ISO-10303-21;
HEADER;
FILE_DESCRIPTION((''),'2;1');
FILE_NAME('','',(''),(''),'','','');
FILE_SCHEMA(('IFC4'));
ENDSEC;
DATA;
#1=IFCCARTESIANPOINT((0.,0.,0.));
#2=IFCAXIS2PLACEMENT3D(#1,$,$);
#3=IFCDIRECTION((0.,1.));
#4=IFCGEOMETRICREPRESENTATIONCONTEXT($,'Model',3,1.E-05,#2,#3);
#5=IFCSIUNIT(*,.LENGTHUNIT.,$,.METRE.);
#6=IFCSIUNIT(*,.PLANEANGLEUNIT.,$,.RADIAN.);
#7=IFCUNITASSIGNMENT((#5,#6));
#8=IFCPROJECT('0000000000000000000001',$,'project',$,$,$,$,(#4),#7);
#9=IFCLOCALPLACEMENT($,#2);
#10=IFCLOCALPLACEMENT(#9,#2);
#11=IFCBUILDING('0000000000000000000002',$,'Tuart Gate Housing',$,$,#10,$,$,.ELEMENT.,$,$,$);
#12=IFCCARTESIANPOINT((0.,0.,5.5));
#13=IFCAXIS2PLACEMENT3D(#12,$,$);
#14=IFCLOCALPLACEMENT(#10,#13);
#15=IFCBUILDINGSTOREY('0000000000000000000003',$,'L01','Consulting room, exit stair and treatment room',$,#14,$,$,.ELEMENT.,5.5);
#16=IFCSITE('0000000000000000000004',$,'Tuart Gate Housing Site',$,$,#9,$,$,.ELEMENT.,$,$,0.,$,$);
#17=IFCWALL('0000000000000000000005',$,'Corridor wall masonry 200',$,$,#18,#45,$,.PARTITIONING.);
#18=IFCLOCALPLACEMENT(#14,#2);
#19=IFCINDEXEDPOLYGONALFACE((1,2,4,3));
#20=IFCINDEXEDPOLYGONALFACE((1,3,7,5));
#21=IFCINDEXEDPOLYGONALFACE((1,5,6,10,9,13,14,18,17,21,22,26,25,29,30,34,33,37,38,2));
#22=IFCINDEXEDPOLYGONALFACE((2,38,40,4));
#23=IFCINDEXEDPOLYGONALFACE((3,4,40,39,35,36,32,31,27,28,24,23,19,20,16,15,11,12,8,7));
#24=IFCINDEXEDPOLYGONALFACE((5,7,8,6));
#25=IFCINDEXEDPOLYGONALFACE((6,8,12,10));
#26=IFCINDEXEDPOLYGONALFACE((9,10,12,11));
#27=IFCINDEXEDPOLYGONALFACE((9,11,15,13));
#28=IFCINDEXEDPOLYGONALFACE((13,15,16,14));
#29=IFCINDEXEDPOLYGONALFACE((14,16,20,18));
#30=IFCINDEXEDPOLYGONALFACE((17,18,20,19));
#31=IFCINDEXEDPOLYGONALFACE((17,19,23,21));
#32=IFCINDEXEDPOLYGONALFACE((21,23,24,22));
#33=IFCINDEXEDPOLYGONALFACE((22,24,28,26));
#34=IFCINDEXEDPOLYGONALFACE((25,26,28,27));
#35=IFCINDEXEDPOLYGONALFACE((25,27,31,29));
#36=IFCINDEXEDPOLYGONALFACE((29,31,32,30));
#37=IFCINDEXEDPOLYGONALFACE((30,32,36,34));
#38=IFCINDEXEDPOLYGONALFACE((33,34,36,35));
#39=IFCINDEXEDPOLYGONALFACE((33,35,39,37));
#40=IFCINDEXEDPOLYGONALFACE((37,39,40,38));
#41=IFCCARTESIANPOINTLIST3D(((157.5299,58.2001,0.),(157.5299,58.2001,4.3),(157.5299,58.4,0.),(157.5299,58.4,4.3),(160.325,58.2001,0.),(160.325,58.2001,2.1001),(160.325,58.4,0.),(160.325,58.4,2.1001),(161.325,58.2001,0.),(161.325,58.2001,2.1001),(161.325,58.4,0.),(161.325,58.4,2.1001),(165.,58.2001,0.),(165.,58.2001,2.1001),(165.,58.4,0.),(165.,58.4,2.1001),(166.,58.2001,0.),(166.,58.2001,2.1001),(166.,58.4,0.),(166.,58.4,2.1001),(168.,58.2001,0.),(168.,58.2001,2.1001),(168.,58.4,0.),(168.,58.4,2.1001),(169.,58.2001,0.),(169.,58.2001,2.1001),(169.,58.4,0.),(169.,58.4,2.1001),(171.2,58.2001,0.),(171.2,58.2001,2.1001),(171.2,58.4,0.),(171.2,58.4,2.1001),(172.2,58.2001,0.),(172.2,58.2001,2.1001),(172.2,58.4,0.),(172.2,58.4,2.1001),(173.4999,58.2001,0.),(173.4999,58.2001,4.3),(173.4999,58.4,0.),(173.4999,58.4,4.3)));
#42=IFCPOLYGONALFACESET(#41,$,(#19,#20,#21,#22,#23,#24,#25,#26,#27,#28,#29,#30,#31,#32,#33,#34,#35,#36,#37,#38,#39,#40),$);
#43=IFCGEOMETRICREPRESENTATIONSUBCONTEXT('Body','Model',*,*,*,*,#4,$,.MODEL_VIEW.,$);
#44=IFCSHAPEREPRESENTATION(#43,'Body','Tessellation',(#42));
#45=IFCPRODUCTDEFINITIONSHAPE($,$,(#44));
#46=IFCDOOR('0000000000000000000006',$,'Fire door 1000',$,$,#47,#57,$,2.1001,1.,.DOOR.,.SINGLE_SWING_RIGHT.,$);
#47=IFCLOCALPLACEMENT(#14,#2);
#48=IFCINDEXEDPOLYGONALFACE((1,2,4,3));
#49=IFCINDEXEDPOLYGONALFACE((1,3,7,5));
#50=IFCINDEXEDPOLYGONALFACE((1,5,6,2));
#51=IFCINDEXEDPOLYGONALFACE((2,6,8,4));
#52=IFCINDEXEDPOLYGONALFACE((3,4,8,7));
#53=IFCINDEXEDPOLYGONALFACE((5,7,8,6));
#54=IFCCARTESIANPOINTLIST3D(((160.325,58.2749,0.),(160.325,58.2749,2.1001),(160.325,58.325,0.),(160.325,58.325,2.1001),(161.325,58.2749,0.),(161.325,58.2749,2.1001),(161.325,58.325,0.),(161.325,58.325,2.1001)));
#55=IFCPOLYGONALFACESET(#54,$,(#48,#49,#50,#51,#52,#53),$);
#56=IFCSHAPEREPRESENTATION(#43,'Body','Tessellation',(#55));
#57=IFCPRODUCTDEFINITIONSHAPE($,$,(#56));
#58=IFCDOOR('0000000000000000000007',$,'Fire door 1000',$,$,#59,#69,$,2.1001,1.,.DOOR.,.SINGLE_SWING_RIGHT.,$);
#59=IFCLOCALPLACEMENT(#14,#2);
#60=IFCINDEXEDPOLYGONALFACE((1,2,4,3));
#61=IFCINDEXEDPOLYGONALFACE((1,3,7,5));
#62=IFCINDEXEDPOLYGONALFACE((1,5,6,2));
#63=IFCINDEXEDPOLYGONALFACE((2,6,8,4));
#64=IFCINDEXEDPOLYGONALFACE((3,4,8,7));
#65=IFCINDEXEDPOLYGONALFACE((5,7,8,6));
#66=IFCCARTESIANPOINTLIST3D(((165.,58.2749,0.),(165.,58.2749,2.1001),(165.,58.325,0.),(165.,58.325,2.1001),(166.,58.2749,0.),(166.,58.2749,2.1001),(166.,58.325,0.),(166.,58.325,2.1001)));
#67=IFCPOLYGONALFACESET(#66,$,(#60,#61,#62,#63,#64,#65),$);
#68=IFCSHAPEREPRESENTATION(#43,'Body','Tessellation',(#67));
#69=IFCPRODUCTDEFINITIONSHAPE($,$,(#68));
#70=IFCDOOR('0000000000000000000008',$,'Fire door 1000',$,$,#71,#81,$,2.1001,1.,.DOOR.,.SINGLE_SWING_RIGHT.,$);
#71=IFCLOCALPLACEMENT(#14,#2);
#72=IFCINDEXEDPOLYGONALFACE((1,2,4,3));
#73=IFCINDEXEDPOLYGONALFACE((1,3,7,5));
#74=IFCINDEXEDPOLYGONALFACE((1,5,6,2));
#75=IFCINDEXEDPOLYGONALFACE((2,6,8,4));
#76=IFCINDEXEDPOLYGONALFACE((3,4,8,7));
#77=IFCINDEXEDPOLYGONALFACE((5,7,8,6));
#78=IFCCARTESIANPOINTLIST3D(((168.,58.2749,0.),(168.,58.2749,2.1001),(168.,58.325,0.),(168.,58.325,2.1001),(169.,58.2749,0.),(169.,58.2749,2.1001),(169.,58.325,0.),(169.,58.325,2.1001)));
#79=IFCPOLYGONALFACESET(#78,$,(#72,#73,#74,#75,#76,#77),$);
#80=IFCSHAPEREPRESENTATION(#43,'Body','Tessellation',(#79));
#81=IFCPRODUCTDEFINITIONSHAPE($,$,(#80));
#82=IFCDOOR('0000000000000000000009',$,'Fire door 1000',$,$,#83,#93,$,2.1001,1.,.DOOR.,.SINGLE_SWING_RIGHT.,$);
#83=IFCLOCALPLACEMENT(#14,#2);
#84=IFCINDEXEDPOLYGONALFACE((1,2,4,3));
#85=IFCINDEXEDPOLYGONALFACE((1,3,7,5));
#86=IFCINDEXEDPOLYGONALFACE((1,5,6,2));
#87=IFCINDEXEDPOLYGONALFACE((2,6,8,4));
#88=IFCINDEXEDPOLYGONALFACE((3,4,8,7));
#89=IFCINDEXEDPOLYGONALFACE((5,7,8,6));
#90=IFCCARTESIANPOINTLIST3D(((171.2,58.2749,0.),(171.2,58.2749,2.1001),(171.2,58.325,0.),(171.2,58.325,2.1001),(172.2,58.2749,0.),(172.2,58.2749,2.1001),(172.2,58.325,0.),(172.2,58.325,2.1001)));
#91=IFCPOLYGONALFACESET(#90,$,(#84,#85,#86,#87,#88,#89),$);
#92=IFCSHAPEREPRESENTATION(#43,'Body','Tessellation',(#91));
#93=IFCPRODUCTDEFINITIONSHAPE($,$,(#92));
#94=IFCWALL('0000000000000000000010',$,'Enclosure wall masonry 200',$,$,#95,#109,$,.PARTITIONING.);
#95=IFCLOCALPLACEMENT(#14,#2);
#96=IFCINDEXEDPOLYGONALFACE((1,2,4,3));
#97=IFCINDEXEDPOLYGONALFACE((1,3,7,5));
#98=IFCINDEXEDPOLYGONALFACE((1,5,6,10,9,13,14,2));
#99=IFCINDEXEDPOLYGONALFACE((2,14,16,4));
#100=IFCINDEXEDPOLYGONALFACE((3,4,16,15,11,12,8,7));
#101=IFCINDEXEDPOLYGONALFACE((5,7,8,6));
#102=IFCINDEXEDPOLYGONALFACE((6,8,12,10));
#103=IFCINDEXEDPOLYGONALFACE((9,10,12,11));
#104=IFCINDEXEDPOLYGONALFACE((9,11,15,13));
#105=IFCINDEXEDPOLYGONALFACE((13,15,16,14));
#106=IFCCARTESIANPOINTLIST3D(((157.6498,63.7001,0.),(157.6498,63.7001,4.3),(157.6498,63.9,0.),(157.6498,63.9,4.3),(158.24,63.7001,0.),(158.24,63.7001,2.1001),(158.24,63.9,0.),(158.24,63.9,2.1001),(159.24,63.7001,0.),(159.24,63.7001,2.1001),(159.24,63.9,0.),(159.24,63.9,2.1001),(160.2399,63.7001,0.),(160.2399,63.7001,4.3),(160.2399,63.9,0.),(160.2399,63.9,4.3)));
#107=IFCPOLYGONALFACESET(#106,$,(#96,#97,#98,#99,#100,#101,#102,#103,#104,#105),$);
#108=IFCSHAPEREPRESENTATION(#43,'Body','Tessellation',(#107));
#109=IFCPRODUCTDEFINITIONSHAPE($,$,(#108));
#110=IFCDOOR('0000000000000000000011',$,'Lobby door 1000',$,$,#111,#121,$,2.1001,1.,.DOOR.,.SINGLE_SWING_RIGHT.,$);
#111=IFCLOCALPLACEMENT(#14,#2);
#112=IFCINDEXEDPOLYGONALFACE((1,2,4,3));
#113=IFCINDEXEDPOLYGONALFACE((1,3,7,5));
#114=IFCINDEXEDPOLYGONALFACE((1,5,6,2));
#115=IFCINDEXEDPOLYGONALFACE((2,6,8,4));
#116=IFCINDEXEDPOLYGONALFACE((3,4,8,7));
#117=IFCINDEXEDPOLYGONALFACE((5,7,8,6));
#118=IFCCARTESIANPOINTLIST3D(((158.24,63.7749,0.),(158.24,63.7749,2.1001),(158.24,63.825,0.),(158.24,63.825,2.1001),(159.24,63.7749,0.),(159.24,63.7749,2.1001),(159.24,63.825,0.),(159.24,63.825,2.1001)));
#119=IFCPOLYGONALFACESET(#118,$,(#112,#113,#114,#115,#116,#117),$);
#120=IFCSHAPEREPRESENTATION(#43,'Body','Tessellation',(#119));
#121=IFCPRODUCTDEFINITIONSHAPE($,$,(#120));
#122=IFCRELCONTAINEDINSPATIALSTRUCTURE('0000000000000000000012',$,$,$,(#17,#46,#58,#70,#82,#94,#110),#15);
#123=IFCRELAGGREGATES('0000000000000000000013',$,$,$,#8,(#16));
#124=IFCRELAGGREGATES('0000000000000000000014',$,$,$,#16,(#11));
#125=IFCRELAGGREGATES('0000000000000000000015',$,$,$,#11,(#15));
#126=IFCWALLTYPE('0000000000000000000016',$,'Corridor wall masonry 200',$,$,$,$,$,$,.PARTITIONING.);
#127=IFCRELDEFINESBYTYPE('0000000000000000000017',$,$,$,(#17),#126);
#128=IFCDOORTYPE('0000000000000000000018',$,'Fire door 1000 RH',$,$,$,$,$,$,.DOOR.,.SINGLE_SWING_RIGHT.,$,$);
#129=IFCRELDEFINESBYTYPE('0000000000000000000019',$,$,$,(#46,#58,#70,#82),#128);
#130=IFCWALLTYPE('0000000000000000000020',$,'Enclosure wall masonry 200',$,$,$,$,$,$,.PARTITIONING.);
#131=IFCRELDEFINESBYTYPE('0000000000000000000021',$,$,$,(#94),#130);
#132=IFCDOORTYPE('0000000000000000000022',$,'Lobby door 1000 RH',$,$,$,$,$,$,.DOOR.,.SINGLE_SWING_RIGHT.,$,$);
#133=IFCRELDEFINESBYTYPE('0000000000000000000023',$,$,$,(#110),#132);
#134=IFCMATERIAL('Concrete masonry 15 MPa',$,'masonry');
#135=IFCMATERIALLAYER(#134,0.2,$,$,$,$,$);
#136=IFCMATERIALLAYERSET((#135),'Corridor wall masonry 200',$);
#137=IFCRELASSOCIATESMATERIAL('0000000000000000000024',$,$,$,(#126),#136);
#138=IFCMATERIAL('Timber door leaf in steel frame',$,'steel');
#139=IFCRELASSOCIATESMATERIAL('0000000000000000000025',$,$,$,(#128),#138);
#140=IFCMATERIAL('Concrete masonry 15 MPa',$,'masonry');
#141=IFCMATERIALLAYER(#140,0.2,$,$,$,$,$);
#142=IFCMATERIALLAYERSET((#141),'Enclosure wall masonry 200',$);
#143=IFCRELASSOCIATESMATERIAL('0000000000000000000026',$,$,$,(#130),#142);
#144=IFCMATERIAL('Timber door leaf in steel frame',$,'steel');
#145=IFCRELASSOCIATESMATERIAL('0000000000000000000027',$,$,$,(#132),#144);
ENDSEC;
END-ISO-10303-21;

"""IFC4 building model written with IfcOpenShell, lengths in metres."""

from ifc_helpers import new_model, si_unit, direction, frame, frame_2d, origin, place, context, subcontext, project, spatial, rectangle, extrude, material, layer, layer_set, type_object, element, fill, save


model = new_model("IFC4")

# Units and contexts
model_context = context("Model", 3, precision=1e-05, world=origin(), true_north=direction((0.0, 1.0)))
body_context = subcontext(model_context, "Body", "Model", "MODEL_VIEW")
ifc_project = project(units=[si_unit("LENGTHUNIT", "METRE"), si_unit("PLANEANGLEUNIT", "RADIAN")], contexts=[model_context])

# Site, building, storey
site_placement = place(None, origin())
site = spatial("IfcSite", under=ifc_project, at=site_placement, Name="Tuart Gate Housing Site", CompositionType="ELEMENT", RefElevation=0.0)
building_placement = place(site_placement, origin())
building = spatial("IfcBuilding", under=site, at=building_placement, Name="Tuart Gate Housing", CompositionType="ELEMENT")
storey_placement = place(building_placement, frame((0.0, 0.0, 5.5)))
storey = spatial("IfcBuildingStorey", under=building, at=storey_placement, Name="L01", Description="Consulting room, exit stair and treatment room", CompositionType="ELEMENT", Elevation=5.5)

# Wall, openings, doors
ifc_material_1 = material(Name="Concrete masonry 15 MPa", Category="masonry")
ifc_layer_1 = layer(ifc_material_1, 0.2)
ifc_layer_set_1 = layer_set([ifc_layer_1], Name="Corridor wall masonry 200")
wall_type_1 = type_object("IfcWallType", Name="Corridor wall masonry 200", PredefinedType="PARTITIONING", material=ifc_layer_set_1)
wall_1_placement = place(storey_placement, frame((157.53, 58.3, 0.0), z_axis=(0.0, 0.0, 1.0), x_axis=(1.0, 0.0, 0.0)))
wall_1 = element("IfcWall", 1, at=wall_1_placement, inside=storey, type_object=wall_type_1, Name="Corridor wall masonry 200", PredefinedType="PARTITIONING", context=body_context, shape_type="SweptSolid", body=[
    extrude(rectangle(XDim=15.97, YDim=0.2, at=frame_2d((7.9849, 0.0))), origin(), (0.0, 0.0, 1.0), 4.3),
])
opening_1_placement = place(wall_1_placement, frame((2.7949, 0.0, 0.0)))
opening_1 = element("IfcOpeningElement", 2, at=opening_1_placement, cuts=wall_1, PredefinedType="OPENING", context=body_context, shape_type="SweptSolid", body=[
    extrude(rectangle(XDim=1.0, YDim=2.1001, at=frame_2d((0.5, 1.05))), frame((0.0, 0.1099, 0.0), z_axis=(0.0, -1.0, 0.0), x_axis=(1.0, 0.0, 0.0)), (0.0, 0.0, 1.0), 0.22),
])
opening_2_placement = place(wall_1_placement, frame((7.47, 0.0, 0.0)))
opening_2 = element("IfcOpeningElement", 3, at=opening_2_placement, cuts=wall_1, PredefinedType="OPENING", context=body_context, shape_type="SweptSolid", body=[
    extrude(rectangle(XDim=1.0, YDim=2.1001, at=frame_2d((0.5, 1.05))), frame((0.0, 0.1099, 0.0), z_axis=(0.0, -1.0, 0.0), x_axis=(1.0, 0.0, 0.0)), (0.0, 0.0, 1.0), 0.22),
])
opening_3_placement = place(wall_1_placement, frame((10.47, 0.0, 0.0)))
opening_3 = element("IfcOpeningElement", 4, at=opening_3_placement, cuts=wall_1, PredefinedType="OPENING", context=body_context, shape_type="SweptSolid", body=[
    extrude(rectangle(XDim=1.0, YDim=2.1001, at=frame_2d((0.5, 1.05))), frame((0.0, 0.1099, 0.0), z_axis=(0.0, -1.0, 0.0), x_axis=(1.0, 0.0, 0.0)), (0.0, 0.0, 1.0), 0.22),
])
opening_4_placement = place(wall_1_placement, frame((13.6699, 0.0, 0.0)))
opening_4 = element("IfcOpeningElement", 5, at=opening_4_placement, cuts=wall_1, PredefinedType="OPENING", context=body_context, shape_type="SweptSolid", body=[
    extrude(rectangle(XDim=1.0, YDim=2.1001, at=frame_2d((0.5, 1.05))), frame((0.0, 0.1099, 0.0), z_axis=(0.0, -1.0, 0.0), x_axis=(1.0, 0.0, 0.0)), (0.0, 0.0, 1.0), 0.22),
])
ifc_material_2 = material(Name="Timber door leaf in steel frame", Category="steel")
door_type_1 = type_object("IfcDoorType", Name="Fire door 1000 RH", OperationType="SINGLE_SWING_RIGHT", PredefinedType="DOOR", material=ifc_material_2)
door_1_placement = place(opening_1_placement, frame((1.0, 0.0, 0.0), z_axis=(0.0, 0.0, 1.0), x_axis=(-1.0, 0.0, 0.0)))
door_1 = element("IfcDoor", 6, at=door_1_placement, inside=storey, type_object=door_type_1, Name="Fire door 1000", OperationType="SINGLE_SWING_RIGHT", OverallHeight=2.1001, OverallWidth=1.0, PredefinedType="DOOR", context=body_context, shape_type="SweptSolid", body=[
    extrude(rectangle(XDim=1.0, YDim=2.1001, at=frame_2d((0.5, 1.05))), frame((0.0, 0.0251, 0.0), z_axis=(0.0, -1.0, 0.0), x_axis=(1.0, 0.0, 0.0)), (0.0, 0.0, 1.0), 0.05),
])
fill(opening_1, door_1)
door_2_placement = place(opening_2_placement, frame((1.0, 0.0, 0.0), z_axis=(0.0, 0.0, 1.0), x_axis=(-1.0, 0.0, 0.0)))
door_2 = element("IfcDoor", 7, at=door_2_placement, inside=storey, type_object=door_type_1, Name="Fire door 1000", OperationType="SINGLE_SWING_RIGHT", OverallHeight=2.1001, OverallWidth=1.0, PredefinedType="DOOR", context=body_context, shape_type="SweptSolid", body=[
    extrude(rectangle(XDim=1.0, YDim=2.1001, at=frame_2d((0.5, 1.05))), frame((0.0, 0.0251, 0.0), z_axis=(0.0, -1.0, 0.0), x_axis=(1.0, 0.0, 0.0)), (0.0, 0.0, 1.0), 0.05),
])
fill(opening_2, door_2)
door_3_placement = place(opening_3_placement, frame((1.0, 0.0, 0.0), z_axis=(0.0, 0.0, 1.0), x_axis=(-1.0, 0.0, 0.0)))
door_3 = element("IfcDoor", 8, at=door_3_placement, inside=storey, type_object=door_type_1, Name="Fire door 1000", OperationType="SINGLE_SWING_RIGHT", OverallHeight=2.1001, OverallWidth=1.0, PredefinedType="DOOR", context=body_context, shape_type="SweptSolid", body=[
    extrude(rectangle(XDim=1.0, YDim=2.1001, at=frame_2d((0.5, 1.05))), frame((0.0, 0.0251, 0.0), z_axis=(0.0, -1.0, 0.0), x_axis=(1.0, 0.0, 0.0)), (0.0, 0.0, 1.0), 0.05),
])
fill(opening_3, door_3)
door_4_placement = place(opening_4_placement, frame((1.0, 0.0, 0.0), z_axis=(0.0, 0.0, 1.0), x_axis=(-1.0, 0.0, 0.0)))
door_4 = element("IfcDoor", 9, at=door_4_placement, inside=storey, type_object=door_type_1, Name="Fire door 1000", OperationType="SINGLE_SWING_RIGHT", OverallHeight=2.1001, OverallWidth=1.0, PredefinedType="DOOR", context=body_context, shape_type="SweptSolid", body=[
    extrude(rectangle(XDim=1.0, YDim=2.1001, at=frame_2d((0.5, 1.05))), frame((0.0, 0.0251, 0.0), z_axis=(0.0, -1.0, 0.0), x_axis=(1.0, 0.0, 0.0)), (0.0, 0.0, 1.0), 0.05),
])
fill(opening_4, door_4)

# Wall, opening, door
ifc_material_3 = material(Name="Concrete masonry 15 MPa", Category="masonry")
ifc_layer_2 = layer(ifc_material_3, 0.2)
ifc_layer_set_2 = layer_set([ifc_layer_2], Name="Enclosure wall masonry 200")
wall_type_2 = type_object("IfcWallType", Name="Enclosure wall masonry 200", PredefinedType="PARTITIONING", material=ifc_layer_set_2)
wall_2_placement = place(storey_placement, frame((157.6499, 63.8, 0.0), z_axis=(0.0, 0.0, 1.0), x_axis=(1.0, 0.0, 0.0)))
wall_2 = element("IfcWall", 10, at=wall_2_placement, inside=storey, type_object=wall_type_2, Name="Enclosure wall masonry 200", PredefinedType="PARTITIONING", context=body_context, shape_type="SweptSolid", body=[
    extrude(rectangle(XDim=2.5901, YDim=0.2, at=frame_2d((1.2949, 0.0))), origin(), (0.0, 0.0, 1.0), 4.3),
])
opening_5_placement = place(wall_2_placement, frame((0.5901, 0.0, 0.0)))
opening_5 = element("IfcOpeningElement", 11, at=opening_5_placement, cuts=wall_2, PredefinedType="OPENING", context=body_context, shape_type="SweptSolid", body=[
    extrude(rectangle(XDim=1.0, YDim=2.1001, at=frame_2d((0.5, 1.05))), frame((0.0, 0.1099, 0.0), z_axis=(0.0, -1.0, 0.0), x_axis=(1.0, 0.0, 0.0)), (0.0, 0.0, 1.0), 0.22),
])
ifc_material_4 = material(Name="Timber door leaf in steel frame", Category="steel")
door_type_2 = type_object("IfcDoorType", Name="Lobby door 1000 RH", OperationType="SINGLE_SWING_RIGHT", PredefinedType="DOOR", material=ifc_material_4)
door_5_placement = place(opening_5_placement, frame((1.0, 0.0, 0.0), z_axis=(0.0, 0.0, 1.0), x_axis=(-1.0, 0.0, 0.0)))
door_5 = element("IfcDoor", 12, at=door_5_placement, inside=storey, type_object=door_type_2, Name="Lobby door 1000", OperationType="SINGLE_SWING_RIGHT", OverallHeight=2.1001, OverallWidth=1.0, PredefinedType="DOOR", context=body_context, shape_type="SweptSolid", body=[
    extrude(rectangle(XDim=1.0, YDim=2.1001, at=frame_2d((0.5, 1.05))), frame((0.0, 0.0251, 0.0), z_axis=(0.0, -1.0, 0.0), x_axis=(1.0, 0.0, 0.0)), (0.0, 0.0, 1.0), 0.05),
])
fill(opening_5, door_5)

save(model, "model.ifc")
